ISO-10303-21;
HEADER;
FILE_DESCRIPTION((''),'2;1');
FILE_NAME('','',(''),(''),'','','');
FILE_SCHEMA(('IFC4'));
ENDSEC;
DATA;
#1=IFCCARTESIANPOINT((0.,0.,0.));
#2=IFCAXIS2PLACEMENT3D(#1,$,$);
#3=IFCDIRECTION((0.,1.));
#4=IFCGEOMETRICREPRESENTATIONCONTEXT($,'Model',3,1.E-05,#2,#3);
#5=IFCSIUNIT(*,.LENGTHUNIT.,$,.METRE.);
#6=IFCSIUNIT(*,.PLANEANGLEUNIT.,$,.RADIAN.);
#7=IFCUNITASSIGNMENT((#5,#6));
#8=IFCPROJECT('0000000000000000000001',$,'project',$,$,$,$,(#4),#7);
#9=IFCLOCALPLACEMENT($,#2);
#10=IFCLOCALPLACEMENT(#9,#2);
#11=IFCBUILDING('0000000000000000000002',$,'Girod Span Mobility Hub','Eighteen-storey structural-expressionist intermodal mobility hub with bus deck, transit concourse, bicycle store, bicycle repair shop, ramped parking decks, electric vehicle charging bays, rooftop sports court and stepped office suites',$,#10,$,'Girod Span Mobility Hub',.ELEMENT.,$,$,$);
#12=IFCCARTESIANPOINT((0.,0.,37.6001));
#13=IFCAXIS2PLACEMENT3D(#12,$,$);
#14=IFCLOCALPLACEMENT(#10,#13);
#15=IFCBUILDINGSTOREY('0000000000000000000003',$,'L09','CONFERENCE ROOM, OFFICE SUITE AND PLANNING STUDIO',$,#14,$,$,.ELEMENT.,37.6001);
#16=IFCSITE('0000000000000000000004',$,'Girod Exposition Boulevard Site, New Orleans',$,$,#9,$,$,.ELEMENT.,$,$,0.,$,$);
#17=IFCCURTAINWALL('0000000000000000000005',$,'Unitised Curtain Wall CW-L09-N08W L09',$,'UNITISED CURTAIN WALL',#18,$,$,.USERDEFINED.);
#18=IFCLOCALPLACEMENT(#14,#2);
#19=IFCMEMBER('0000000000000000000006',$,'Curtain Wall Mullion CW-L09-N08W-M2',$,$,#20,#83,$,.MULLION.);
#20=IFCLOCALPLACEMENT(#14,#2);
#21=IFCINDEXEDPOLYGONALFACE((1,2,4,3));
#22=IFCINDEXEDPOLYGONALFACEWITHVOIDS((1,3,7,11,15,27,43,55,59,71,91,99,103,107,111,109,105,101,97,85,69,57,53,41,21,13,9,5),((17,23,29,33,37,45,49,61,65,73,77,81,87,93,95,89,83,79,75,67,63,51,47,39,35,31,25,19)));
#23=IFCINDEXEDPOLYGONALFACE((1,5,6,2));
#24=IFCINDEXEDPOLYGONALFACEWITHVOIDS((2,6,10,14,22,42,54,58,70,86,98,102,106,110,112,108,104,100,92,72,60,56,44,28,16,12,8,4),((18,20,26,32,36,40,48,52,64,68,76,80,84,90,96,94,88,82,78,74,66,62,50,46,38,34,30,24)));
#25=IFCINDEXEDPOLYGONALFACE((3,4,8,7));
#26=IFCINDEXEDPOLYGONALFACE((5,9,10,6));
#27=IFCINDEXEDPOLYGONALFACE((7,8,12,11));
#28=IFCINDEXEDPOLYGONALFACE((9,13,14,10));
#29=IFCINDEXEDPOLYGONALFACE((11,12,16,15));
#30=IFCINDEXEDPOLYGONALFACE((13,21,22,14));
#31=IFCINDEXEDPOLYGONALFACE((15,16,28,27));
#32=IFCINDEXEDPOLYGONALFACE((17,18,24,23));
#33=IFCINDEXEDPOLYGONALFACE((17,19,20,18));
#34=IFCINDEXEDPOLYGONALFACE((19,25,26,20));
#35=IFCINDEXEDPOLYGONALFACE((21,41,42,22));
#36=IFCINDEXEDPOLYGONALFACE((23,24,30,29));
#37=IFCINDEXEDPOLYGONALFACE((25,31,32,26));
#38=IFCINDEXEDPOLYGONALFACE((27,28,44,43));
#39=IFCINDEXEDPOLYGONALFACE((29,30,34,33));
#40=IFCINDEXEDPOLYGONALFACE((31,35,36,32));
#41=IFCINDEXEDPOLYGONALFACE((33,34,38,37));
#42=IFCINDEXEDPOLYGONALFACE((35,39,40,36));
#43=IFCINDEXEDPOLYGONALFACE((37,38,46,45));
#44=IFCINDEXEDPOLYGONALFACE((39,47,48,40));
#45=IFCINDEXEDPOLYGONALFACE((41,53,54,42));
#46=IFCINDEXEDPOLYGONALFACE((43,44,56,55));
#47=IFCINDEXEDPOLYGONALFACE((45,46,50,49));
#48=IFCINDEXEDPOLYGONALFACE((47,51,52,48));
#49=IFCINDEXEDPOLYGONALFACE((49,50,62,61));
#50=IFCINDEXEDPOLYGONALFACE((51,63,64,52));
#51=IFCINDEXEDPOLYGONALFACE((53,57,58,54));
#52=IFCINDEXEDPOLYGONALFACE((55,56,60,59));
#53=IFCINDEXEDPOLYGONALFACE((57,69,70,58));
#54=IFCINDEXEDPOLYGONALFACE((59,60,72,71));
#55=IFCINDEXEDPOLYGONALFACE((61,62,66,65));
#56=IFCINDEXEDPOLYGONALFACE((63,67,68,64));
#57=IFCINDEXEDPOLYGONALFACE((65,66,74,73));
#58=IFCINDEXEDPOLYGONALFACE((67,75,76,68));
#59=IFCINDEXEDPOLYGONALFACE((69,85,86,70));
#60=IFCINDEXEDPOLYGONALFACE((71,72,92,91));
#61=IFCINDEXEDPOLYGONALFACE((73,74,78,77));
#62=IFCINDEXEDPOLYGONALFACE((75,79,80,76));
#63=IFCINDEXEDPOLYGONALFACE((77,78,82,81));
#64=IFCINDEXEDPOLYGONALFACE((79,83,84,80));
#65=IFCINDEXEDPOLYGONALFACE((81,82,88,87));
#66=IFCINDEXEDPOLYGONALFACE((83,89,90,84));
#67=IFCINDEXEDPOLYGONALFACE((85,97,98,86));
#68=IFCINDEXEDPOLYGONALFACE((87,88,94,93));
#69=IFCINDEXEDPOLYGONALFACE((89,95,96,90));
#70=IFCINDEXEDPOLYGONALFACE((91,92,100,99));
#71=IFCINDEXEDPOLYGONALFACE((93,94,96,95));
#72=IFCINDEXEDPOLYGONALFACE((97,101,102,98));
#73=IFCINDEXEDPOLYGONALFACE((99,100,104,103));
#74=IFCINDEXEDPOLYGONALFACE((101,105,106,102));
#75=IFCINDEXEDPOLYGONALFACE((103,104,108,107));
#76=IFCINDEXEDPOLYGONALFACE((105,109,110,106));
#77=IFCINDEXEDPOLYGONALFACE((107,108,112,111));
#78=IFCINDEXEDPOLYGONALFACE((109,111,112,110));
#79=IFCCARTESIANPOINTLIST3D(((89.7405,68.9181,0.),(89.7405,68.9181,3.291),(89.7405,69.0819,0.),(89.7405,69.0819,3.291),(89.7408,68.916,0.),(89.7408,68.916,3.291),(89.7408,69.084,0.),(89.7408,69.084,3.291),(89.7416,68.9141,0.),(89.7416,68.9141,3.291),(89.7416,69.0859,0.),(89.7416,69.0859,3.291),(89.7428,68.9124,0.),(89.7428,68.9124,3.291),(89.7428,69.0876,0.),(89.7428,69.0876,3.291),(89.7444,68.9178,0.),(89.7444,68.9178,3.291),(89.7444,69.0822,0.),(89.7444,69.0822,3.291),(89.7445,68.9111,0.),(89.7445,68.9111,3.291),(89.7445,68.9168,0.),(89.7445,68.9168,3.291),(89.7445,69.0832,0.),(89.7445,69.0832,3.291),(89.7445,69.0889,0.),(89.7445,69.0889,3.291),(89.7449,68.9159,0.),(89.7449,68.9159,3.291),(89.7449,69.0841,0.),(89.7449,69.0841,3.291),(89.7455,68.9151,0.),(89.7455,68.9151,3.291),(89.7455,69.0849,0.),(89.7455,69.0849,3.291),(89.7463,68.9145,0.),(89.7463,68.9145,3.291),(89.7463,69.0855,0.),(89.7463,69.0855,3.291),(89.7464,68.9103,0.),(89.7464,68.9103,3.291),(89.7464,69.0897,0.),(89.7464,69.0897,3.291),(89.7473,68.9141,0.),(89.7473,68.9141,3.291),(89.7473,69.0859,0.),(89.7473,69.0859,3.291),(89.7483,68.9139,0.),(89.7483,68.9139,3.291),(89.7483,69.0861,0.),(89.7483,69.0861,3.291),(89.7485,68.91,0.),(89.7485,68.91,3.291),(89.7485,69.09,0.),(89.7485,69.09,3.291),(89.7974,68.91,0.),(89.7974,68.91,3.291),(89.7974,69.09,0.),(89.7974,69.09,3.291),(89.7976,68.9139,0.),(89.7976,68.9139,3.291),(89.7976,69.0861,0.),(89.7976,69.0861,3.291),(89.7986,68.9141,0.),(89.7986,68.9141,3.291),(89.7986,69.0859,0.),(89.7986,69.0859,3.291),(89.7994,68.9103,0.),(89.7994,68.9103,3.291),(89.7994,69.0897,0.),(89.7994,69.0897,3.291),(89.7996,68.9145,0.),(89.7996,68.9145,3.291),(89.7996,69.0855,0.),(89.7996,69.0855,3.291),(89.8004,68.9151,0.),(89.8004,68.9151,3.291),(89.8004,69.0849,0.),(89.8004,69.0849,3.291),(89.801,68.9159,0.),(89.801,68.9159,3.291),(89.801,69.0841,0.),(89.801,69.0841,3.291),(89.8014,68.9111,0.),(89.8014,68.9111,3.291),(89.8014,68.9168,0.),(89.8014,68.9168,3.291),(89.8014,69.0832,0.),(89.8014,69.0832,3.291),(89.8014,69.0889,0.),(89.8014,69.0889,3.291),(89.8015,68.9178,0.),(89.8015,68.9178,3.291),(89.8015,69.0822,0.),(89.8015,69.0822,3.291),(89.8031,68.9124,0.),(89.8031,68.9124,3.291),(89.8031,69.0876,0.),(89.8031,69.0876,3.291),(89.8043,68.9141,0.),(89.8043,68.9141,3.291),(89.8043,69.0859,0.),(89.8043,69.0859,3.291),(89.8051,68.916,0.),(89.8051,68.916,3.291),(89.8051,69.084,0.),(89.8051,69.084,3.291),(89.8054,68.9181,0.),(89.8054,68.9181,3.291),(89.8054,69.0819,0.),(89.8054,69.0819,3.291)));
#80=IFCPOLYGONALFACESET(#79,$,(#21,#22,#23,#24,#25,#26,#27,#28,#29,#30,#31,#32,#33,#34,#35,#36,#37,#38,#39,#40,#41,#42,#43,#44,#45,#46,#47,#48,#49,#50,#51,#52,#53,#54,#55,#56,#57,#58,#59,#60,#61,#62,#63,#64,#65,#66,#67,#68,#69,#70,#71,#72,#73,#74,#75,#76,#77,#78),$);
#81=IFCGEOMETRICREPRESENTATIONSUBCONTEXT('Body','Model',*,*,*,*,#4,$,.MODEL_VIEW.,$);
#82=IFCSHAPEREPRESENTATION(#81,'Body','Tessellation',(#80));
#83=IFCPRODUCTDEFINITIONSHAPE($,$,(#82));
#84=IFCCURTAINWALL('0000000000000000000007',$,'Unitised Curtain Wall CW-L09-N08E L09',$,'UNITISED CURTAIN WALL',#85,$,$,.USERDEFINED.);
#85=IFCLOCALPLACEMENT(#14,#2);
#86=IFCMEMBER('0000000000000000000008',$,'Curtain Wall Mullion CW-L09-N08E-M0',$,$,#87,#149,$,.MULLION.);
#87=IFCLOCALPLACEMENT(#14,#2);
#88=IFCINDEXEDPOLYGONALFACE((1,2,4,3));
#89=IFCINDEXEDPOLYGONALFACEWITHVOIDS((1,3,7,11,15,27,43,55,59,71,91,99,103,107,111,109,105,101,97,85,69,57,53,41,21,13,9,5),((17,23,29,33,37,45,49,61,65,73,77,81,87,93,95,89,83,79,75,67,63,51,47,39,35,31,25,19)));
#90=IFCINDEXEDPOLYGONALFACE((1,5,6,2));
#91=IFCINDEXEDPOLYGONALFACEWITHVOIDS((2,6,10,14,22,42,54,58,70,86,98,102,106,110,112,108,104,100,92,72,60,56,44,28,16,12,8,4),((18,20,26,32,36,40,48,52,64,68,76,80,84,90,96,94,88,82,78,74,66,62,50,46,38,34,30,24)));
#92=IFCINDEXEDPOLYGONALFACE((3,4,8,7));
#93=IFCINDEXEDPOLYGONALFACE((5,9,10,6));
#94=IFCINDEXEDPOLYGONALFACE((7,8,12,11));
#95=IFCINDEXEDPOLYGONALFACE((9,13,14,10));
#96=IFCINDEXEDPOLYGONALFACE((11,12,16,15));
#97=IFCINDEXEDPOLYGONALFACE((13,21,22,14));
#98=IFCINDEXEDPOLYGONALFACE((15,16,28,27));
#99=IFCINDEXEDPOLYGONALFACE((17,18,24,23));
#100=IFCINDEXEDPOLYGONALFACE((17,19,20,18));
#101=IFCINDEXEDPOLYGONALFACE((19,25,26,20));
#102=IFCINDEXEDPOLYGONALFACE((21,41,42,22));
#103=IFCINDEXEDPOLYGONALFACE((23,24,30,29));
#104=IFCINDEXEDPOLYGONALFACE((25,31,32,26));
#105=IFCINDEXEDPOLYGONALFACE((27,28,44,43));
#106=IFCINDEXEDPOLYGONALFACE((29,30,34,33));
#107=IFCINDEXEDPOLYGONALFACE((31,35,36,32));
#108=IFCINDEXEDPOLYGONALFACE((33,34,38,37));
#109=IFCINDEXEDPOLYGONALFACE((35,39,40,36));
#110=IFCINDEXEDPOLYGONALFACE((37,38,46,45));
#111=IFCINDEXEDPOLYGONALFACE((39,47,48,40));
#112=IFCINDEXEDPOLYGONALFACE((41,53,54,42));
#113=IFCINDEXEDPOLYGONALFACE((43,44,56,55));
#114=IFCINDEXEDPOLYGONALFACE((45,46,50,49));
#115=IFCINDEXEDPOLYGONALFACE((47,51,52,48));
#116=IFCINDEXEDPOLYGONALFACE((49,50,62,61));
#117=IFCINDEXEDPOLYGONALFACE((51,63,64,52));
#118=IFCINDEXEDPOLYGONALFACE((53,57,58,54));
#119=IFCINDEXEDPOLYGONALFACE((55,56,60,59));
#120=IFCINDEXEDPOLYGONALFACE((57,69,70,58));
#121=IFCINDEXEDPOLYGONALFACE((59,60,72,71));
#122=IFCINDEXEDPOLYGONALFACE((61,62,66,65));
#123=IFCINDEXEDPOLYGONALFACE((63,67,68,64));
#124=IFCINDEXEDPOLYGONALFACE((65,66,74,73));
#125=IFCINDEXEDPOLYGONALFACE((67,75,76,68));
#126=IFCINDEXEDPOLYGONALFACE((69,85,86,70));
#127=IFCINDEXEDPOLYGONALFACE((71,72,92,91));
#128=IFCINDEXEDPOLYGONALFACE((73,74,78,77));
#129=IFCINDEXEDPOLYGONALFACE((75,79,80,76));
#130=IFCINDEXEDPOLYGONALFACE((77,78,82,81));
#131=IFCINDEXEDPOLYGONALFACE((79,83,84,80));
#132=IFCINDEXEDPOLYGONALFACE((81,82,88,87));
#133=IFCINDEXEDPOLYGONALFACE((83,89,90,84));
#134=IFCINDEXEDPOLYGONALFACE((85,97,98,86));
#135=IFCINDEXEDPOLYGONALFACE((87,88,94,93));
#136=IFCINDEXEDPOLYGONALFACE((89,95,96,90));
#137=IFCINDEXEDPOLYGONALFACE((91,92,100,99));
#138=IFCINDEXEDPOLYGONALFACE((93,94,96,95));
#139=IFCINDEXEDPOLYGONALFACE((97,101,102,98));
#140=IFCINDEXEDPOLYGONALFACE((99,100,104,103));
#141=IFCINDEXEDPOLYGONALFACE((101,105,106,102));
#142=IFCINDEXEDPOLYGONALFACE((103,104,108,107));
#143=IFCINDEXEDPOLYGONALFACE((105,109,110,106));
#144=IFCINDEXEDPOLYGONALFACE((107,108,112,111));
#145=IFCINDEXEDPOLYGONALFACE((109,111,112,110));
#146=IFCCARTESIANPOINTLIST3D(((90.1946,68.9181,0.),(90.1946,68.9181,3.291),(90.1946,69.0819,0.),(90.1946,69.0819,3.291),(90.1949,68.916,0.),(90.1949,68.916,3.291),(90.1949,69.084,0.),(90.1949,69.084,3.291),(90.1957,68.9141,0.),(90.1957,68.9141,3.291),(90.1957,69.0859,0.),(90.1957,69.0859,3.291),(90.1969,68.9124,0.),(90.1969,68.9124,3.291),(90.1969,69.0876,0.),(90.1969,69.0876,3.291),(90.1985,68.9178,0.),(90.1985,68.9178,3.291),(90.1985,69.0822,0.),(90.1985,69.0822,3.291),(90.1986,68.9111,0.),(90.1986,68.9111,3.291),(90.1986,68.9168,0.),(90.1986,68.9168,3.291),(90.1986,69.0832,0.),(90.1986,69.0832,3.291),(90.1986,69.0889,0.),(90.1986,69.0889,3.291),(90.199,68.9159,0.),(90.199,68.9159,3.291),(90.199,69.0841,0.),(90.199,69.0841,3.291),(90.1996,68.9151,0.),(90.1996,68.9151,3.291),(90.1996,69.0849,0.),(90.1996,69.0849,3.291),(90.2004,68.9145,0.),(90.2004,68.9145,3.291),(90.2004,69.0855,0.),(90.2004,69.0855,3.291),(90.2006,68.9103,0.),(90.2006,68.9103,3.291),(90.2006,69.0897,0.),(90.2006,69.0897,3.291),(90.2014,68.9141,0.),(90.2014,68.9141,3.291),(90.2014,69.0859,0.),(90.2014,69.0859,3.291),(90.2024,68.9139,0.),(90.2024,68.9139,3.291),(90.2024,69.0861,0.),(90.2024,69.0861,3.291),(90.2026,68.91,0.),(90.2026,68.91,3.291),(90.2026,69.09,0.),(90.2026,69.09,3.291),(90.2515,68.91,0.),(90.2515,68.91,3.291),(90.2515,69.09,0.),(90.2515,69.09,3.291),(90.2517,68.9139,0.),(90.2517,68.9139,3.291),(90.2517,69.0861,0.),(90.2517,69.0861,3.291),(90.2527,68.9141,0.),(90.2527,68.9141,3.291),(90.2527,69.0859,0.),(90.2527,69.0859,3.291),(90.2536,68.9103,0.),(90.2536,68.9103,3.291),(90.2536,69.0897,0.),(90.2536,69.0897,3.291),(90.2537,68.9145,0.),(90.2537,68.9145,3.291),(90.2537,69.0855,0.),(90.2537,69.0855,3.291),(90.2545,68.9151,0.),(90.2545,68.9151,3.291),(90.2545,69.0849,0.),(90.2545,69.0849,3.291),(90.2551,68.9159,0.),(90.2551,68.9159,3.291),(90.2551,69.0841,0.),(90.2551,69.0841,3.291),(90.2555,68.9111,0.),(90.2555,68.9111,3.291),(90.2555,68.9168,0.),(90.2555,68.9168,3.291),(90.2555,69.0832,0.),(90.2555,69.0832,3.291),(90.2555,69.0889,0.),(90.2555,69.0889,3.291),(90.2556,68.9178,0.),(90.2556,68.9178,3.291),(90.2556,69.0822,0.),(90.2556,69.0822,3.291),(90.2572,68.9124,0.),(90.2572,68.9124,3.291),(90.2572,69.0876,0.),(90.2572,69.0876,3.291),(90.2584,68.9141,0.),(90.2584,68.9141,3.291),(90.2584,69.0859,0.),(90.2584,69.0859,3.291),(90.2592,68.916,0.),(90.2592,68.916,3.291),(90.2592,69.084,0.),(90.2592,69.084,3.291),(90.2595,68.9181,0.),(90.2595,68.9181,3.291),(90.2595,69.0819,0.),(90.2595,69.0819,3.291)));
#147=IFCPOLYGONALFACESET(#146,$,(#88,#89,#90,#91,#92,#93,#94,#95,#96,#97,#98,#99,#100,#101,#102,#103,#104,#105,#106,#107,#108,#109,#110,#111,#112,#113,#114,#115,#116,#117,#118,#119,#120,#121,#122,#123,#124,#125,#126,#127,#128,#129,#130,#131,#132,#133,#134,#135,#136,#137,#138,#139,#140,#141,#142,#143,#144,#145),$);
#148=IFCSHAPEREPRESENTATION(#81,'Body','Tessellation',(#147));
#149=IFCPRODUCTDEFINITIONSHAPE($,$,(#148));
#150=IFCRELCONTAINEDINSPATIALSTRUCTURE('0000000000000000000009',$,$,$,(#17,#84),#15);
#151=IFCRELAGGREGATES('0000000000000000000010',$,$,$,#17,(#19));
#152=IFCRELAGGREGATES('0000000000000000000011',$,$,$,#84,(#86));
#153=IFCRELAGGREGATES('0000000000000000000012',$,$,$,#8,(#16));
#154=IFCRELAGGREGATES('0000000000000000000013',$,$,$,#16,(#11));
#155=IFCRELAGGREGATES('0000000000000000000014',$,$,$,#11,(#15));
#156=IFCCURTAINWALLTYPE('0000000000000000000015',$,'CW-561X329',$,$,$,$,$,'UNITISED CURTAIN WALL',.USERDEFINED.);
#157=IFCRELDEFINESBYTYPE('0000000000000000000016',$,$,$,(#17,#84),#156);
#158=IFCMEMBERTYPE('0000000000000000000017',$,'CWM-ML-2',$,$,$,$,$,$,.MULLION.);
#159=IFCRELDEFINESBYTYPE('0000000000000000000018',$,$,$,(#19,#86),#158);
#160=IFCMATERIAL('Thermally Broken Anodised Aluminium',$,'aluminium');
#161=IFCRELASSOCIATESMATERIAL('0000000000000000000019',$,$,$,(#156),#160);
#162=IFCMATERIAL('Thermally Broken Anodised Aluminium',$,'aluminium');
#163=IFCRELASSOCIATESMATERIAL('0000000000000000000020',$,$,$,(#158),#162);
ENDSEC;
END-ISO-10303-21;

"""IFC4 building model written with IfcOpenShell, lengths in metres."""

from ifc_helpers import new_model, si_unit, direction, frame, origin, origin_2d, place, context, subcontext, project, spatial, hollow_rectangle, extrude, material, material_profile, profile_set, type_object, element, aggregate, save


model = new_model("IFC4")

# Units and contexts
model_context = context("Model", 3, precision=1e-05, world=origin(), true_north=direction((0.0, 1.0)))
body_context = subcontext(model_context, "Body", "Model", "MODEL_VIEW")
ifc_project = project(units=[si_unit("LENGTHUNIT", "METRE"), si_unit("PLANEANGLEUNIT", "RADIAN")], contexts=[model_context])

# Site, building, storey
site_placement = place(None, origin())
site = spatial("IfcSite", under=ifc_project, at=site_placement, Name="Girod Exposition Boulevard Site, New Orleans", CompositionType="ELEMENT", RefElevation=0.0)
building_placement = place(site_placement, origin())
building = spatial("IfcBuilding", under=site, at=building_placement, Name="Girod Span Mobility Hub", Description="Eighteen-storey structural-expressionist intermodal mobility hub with bus deck, transit concourse, bicycle store, bicycle repair shop, ramped parking decks, electric vehicle charging bays, rooftop sports court and stepped office suites", LongName="Girod Span Mobility Hub", CompositionType="ELEMENT")
storey_placement = place(building_placement, frame((0.0, 0.0, 37.6001)))
storey = spatial("IfcBuildingStorey", under=building, at=storey_placement, Name="L09", Description="CONFERENCE ROOM, OFFICE SUITE AND PLANNING STUDIO", CompositionType="ELEMENT", Elevation=37.6001)

# Curtain walls, members
ifc_material_1 = material(Name="Thermally Broken Anodised Aluminium", Category="aluminium")
curtain_wall_type = type_object("IfcCurtainWallType", Name="CW-561X329", ElementType="UNITISED CURTAIN WALL", PredefinedType="USERDEFINED", material=ifc_material_1)
curtain_wall_1_placement = place(storey_placement, origin())
curtain_wall_1 = element("IfcCurtainWall", 1, at=curtain_wall_1_placement, inside=storey, type_object=curtain_wall_type, Name="Unitised Curtain Wall CW-L09-N08W L09", ObjectType="UNITISED CURTAIN WALL", PredefinedType="USERDEFINED")
ifc_material_2 = material(Name="Thermally Broken Anodised Aluminium", Category="aluminium")
ifc_material_profile_1 = material_profile(ifc_material_2, hollow_rectangle(XDim=0.1799, YDim=0.0649, WallThickness=0.0039, InnerFilletRadius=0.0039, OuterFilletRadius=0.0081, at=origin_2d()), Name="CW-ML-65X180")
ifc_profile_set_1 = profile_set([ifc_material_profile_1], Name="Thermally Broken Anodised Aluminium")
member_type_1 = type_object("IfcMemberType", Name="CWM-ML-2", PredefinedType="MULLION", material=ifc_profile_set_1)
member_1_placement = place(storey_placement, frame((89.7729, 69.0, 0.0), z_axis=(0.0, 0.0, 1.0), x_axis=(0.0, 1.0, 0.0)))
member_1 = element("IfcMember", 2, at=member_1_placement, type_object=member_type_1, Name="Curtain Wall Mullion CW-L09-N08W-M2", PredefinedType="MULLION", context=body_context, shape_type="SweptSolid", body=[
    extrude(hollow_rectangle(XDim=0.1799, YDim=0.0649, WallThickness=0.0039, InnerFilletRadius=0.0039, OuterFilletRadius=0.0081, at=origin_2d()), origin(), (0.0, 0.0, 1.0), 3.291),
])
curtain_wall_2_placement = place(storey_placement, origin())
curtain_wall_2 = element("IfcCurtainWall", 3, at=curtain_wall_2_placement, inside=storey, type_object=curtain_wall_type, Name="Unitised Curtain Wall CW-L09-N08E L09", ObjectType="UNITISED CURTAIN WALL", PredefinedType="USERDEFINED")
member_2_placement = place(storey_placement, frame((90.2271, 69.0, 0.0), z_axis=(0.0, 0.0, 1.0), x_axis=(0.0, 1.0, 0.0)))
member_2 = element("IfcMember", 4, at=member_2_placement, type_object=member_type_1, Name="Curtain Wall Mullion CW-L09-N08E-M0", PredefinedType="MULLION", context=body_context, shape_type="SweptSolid", body=[
    extrude(hollow_rectangle(XDim=0.1799, YDim=0.0649, WallThickness=0.0039, InnerFilletRadius=0.0039, OuterFilletRadius=0.0081, at=origin_2d()), origin(), (0.0, 0.0, 1.0), 3.291),
])

aggregate(curtain_wall_1, [member_1])
aggregate(curtain_wall_2, [member_2])

save(model, "model.ifc")
